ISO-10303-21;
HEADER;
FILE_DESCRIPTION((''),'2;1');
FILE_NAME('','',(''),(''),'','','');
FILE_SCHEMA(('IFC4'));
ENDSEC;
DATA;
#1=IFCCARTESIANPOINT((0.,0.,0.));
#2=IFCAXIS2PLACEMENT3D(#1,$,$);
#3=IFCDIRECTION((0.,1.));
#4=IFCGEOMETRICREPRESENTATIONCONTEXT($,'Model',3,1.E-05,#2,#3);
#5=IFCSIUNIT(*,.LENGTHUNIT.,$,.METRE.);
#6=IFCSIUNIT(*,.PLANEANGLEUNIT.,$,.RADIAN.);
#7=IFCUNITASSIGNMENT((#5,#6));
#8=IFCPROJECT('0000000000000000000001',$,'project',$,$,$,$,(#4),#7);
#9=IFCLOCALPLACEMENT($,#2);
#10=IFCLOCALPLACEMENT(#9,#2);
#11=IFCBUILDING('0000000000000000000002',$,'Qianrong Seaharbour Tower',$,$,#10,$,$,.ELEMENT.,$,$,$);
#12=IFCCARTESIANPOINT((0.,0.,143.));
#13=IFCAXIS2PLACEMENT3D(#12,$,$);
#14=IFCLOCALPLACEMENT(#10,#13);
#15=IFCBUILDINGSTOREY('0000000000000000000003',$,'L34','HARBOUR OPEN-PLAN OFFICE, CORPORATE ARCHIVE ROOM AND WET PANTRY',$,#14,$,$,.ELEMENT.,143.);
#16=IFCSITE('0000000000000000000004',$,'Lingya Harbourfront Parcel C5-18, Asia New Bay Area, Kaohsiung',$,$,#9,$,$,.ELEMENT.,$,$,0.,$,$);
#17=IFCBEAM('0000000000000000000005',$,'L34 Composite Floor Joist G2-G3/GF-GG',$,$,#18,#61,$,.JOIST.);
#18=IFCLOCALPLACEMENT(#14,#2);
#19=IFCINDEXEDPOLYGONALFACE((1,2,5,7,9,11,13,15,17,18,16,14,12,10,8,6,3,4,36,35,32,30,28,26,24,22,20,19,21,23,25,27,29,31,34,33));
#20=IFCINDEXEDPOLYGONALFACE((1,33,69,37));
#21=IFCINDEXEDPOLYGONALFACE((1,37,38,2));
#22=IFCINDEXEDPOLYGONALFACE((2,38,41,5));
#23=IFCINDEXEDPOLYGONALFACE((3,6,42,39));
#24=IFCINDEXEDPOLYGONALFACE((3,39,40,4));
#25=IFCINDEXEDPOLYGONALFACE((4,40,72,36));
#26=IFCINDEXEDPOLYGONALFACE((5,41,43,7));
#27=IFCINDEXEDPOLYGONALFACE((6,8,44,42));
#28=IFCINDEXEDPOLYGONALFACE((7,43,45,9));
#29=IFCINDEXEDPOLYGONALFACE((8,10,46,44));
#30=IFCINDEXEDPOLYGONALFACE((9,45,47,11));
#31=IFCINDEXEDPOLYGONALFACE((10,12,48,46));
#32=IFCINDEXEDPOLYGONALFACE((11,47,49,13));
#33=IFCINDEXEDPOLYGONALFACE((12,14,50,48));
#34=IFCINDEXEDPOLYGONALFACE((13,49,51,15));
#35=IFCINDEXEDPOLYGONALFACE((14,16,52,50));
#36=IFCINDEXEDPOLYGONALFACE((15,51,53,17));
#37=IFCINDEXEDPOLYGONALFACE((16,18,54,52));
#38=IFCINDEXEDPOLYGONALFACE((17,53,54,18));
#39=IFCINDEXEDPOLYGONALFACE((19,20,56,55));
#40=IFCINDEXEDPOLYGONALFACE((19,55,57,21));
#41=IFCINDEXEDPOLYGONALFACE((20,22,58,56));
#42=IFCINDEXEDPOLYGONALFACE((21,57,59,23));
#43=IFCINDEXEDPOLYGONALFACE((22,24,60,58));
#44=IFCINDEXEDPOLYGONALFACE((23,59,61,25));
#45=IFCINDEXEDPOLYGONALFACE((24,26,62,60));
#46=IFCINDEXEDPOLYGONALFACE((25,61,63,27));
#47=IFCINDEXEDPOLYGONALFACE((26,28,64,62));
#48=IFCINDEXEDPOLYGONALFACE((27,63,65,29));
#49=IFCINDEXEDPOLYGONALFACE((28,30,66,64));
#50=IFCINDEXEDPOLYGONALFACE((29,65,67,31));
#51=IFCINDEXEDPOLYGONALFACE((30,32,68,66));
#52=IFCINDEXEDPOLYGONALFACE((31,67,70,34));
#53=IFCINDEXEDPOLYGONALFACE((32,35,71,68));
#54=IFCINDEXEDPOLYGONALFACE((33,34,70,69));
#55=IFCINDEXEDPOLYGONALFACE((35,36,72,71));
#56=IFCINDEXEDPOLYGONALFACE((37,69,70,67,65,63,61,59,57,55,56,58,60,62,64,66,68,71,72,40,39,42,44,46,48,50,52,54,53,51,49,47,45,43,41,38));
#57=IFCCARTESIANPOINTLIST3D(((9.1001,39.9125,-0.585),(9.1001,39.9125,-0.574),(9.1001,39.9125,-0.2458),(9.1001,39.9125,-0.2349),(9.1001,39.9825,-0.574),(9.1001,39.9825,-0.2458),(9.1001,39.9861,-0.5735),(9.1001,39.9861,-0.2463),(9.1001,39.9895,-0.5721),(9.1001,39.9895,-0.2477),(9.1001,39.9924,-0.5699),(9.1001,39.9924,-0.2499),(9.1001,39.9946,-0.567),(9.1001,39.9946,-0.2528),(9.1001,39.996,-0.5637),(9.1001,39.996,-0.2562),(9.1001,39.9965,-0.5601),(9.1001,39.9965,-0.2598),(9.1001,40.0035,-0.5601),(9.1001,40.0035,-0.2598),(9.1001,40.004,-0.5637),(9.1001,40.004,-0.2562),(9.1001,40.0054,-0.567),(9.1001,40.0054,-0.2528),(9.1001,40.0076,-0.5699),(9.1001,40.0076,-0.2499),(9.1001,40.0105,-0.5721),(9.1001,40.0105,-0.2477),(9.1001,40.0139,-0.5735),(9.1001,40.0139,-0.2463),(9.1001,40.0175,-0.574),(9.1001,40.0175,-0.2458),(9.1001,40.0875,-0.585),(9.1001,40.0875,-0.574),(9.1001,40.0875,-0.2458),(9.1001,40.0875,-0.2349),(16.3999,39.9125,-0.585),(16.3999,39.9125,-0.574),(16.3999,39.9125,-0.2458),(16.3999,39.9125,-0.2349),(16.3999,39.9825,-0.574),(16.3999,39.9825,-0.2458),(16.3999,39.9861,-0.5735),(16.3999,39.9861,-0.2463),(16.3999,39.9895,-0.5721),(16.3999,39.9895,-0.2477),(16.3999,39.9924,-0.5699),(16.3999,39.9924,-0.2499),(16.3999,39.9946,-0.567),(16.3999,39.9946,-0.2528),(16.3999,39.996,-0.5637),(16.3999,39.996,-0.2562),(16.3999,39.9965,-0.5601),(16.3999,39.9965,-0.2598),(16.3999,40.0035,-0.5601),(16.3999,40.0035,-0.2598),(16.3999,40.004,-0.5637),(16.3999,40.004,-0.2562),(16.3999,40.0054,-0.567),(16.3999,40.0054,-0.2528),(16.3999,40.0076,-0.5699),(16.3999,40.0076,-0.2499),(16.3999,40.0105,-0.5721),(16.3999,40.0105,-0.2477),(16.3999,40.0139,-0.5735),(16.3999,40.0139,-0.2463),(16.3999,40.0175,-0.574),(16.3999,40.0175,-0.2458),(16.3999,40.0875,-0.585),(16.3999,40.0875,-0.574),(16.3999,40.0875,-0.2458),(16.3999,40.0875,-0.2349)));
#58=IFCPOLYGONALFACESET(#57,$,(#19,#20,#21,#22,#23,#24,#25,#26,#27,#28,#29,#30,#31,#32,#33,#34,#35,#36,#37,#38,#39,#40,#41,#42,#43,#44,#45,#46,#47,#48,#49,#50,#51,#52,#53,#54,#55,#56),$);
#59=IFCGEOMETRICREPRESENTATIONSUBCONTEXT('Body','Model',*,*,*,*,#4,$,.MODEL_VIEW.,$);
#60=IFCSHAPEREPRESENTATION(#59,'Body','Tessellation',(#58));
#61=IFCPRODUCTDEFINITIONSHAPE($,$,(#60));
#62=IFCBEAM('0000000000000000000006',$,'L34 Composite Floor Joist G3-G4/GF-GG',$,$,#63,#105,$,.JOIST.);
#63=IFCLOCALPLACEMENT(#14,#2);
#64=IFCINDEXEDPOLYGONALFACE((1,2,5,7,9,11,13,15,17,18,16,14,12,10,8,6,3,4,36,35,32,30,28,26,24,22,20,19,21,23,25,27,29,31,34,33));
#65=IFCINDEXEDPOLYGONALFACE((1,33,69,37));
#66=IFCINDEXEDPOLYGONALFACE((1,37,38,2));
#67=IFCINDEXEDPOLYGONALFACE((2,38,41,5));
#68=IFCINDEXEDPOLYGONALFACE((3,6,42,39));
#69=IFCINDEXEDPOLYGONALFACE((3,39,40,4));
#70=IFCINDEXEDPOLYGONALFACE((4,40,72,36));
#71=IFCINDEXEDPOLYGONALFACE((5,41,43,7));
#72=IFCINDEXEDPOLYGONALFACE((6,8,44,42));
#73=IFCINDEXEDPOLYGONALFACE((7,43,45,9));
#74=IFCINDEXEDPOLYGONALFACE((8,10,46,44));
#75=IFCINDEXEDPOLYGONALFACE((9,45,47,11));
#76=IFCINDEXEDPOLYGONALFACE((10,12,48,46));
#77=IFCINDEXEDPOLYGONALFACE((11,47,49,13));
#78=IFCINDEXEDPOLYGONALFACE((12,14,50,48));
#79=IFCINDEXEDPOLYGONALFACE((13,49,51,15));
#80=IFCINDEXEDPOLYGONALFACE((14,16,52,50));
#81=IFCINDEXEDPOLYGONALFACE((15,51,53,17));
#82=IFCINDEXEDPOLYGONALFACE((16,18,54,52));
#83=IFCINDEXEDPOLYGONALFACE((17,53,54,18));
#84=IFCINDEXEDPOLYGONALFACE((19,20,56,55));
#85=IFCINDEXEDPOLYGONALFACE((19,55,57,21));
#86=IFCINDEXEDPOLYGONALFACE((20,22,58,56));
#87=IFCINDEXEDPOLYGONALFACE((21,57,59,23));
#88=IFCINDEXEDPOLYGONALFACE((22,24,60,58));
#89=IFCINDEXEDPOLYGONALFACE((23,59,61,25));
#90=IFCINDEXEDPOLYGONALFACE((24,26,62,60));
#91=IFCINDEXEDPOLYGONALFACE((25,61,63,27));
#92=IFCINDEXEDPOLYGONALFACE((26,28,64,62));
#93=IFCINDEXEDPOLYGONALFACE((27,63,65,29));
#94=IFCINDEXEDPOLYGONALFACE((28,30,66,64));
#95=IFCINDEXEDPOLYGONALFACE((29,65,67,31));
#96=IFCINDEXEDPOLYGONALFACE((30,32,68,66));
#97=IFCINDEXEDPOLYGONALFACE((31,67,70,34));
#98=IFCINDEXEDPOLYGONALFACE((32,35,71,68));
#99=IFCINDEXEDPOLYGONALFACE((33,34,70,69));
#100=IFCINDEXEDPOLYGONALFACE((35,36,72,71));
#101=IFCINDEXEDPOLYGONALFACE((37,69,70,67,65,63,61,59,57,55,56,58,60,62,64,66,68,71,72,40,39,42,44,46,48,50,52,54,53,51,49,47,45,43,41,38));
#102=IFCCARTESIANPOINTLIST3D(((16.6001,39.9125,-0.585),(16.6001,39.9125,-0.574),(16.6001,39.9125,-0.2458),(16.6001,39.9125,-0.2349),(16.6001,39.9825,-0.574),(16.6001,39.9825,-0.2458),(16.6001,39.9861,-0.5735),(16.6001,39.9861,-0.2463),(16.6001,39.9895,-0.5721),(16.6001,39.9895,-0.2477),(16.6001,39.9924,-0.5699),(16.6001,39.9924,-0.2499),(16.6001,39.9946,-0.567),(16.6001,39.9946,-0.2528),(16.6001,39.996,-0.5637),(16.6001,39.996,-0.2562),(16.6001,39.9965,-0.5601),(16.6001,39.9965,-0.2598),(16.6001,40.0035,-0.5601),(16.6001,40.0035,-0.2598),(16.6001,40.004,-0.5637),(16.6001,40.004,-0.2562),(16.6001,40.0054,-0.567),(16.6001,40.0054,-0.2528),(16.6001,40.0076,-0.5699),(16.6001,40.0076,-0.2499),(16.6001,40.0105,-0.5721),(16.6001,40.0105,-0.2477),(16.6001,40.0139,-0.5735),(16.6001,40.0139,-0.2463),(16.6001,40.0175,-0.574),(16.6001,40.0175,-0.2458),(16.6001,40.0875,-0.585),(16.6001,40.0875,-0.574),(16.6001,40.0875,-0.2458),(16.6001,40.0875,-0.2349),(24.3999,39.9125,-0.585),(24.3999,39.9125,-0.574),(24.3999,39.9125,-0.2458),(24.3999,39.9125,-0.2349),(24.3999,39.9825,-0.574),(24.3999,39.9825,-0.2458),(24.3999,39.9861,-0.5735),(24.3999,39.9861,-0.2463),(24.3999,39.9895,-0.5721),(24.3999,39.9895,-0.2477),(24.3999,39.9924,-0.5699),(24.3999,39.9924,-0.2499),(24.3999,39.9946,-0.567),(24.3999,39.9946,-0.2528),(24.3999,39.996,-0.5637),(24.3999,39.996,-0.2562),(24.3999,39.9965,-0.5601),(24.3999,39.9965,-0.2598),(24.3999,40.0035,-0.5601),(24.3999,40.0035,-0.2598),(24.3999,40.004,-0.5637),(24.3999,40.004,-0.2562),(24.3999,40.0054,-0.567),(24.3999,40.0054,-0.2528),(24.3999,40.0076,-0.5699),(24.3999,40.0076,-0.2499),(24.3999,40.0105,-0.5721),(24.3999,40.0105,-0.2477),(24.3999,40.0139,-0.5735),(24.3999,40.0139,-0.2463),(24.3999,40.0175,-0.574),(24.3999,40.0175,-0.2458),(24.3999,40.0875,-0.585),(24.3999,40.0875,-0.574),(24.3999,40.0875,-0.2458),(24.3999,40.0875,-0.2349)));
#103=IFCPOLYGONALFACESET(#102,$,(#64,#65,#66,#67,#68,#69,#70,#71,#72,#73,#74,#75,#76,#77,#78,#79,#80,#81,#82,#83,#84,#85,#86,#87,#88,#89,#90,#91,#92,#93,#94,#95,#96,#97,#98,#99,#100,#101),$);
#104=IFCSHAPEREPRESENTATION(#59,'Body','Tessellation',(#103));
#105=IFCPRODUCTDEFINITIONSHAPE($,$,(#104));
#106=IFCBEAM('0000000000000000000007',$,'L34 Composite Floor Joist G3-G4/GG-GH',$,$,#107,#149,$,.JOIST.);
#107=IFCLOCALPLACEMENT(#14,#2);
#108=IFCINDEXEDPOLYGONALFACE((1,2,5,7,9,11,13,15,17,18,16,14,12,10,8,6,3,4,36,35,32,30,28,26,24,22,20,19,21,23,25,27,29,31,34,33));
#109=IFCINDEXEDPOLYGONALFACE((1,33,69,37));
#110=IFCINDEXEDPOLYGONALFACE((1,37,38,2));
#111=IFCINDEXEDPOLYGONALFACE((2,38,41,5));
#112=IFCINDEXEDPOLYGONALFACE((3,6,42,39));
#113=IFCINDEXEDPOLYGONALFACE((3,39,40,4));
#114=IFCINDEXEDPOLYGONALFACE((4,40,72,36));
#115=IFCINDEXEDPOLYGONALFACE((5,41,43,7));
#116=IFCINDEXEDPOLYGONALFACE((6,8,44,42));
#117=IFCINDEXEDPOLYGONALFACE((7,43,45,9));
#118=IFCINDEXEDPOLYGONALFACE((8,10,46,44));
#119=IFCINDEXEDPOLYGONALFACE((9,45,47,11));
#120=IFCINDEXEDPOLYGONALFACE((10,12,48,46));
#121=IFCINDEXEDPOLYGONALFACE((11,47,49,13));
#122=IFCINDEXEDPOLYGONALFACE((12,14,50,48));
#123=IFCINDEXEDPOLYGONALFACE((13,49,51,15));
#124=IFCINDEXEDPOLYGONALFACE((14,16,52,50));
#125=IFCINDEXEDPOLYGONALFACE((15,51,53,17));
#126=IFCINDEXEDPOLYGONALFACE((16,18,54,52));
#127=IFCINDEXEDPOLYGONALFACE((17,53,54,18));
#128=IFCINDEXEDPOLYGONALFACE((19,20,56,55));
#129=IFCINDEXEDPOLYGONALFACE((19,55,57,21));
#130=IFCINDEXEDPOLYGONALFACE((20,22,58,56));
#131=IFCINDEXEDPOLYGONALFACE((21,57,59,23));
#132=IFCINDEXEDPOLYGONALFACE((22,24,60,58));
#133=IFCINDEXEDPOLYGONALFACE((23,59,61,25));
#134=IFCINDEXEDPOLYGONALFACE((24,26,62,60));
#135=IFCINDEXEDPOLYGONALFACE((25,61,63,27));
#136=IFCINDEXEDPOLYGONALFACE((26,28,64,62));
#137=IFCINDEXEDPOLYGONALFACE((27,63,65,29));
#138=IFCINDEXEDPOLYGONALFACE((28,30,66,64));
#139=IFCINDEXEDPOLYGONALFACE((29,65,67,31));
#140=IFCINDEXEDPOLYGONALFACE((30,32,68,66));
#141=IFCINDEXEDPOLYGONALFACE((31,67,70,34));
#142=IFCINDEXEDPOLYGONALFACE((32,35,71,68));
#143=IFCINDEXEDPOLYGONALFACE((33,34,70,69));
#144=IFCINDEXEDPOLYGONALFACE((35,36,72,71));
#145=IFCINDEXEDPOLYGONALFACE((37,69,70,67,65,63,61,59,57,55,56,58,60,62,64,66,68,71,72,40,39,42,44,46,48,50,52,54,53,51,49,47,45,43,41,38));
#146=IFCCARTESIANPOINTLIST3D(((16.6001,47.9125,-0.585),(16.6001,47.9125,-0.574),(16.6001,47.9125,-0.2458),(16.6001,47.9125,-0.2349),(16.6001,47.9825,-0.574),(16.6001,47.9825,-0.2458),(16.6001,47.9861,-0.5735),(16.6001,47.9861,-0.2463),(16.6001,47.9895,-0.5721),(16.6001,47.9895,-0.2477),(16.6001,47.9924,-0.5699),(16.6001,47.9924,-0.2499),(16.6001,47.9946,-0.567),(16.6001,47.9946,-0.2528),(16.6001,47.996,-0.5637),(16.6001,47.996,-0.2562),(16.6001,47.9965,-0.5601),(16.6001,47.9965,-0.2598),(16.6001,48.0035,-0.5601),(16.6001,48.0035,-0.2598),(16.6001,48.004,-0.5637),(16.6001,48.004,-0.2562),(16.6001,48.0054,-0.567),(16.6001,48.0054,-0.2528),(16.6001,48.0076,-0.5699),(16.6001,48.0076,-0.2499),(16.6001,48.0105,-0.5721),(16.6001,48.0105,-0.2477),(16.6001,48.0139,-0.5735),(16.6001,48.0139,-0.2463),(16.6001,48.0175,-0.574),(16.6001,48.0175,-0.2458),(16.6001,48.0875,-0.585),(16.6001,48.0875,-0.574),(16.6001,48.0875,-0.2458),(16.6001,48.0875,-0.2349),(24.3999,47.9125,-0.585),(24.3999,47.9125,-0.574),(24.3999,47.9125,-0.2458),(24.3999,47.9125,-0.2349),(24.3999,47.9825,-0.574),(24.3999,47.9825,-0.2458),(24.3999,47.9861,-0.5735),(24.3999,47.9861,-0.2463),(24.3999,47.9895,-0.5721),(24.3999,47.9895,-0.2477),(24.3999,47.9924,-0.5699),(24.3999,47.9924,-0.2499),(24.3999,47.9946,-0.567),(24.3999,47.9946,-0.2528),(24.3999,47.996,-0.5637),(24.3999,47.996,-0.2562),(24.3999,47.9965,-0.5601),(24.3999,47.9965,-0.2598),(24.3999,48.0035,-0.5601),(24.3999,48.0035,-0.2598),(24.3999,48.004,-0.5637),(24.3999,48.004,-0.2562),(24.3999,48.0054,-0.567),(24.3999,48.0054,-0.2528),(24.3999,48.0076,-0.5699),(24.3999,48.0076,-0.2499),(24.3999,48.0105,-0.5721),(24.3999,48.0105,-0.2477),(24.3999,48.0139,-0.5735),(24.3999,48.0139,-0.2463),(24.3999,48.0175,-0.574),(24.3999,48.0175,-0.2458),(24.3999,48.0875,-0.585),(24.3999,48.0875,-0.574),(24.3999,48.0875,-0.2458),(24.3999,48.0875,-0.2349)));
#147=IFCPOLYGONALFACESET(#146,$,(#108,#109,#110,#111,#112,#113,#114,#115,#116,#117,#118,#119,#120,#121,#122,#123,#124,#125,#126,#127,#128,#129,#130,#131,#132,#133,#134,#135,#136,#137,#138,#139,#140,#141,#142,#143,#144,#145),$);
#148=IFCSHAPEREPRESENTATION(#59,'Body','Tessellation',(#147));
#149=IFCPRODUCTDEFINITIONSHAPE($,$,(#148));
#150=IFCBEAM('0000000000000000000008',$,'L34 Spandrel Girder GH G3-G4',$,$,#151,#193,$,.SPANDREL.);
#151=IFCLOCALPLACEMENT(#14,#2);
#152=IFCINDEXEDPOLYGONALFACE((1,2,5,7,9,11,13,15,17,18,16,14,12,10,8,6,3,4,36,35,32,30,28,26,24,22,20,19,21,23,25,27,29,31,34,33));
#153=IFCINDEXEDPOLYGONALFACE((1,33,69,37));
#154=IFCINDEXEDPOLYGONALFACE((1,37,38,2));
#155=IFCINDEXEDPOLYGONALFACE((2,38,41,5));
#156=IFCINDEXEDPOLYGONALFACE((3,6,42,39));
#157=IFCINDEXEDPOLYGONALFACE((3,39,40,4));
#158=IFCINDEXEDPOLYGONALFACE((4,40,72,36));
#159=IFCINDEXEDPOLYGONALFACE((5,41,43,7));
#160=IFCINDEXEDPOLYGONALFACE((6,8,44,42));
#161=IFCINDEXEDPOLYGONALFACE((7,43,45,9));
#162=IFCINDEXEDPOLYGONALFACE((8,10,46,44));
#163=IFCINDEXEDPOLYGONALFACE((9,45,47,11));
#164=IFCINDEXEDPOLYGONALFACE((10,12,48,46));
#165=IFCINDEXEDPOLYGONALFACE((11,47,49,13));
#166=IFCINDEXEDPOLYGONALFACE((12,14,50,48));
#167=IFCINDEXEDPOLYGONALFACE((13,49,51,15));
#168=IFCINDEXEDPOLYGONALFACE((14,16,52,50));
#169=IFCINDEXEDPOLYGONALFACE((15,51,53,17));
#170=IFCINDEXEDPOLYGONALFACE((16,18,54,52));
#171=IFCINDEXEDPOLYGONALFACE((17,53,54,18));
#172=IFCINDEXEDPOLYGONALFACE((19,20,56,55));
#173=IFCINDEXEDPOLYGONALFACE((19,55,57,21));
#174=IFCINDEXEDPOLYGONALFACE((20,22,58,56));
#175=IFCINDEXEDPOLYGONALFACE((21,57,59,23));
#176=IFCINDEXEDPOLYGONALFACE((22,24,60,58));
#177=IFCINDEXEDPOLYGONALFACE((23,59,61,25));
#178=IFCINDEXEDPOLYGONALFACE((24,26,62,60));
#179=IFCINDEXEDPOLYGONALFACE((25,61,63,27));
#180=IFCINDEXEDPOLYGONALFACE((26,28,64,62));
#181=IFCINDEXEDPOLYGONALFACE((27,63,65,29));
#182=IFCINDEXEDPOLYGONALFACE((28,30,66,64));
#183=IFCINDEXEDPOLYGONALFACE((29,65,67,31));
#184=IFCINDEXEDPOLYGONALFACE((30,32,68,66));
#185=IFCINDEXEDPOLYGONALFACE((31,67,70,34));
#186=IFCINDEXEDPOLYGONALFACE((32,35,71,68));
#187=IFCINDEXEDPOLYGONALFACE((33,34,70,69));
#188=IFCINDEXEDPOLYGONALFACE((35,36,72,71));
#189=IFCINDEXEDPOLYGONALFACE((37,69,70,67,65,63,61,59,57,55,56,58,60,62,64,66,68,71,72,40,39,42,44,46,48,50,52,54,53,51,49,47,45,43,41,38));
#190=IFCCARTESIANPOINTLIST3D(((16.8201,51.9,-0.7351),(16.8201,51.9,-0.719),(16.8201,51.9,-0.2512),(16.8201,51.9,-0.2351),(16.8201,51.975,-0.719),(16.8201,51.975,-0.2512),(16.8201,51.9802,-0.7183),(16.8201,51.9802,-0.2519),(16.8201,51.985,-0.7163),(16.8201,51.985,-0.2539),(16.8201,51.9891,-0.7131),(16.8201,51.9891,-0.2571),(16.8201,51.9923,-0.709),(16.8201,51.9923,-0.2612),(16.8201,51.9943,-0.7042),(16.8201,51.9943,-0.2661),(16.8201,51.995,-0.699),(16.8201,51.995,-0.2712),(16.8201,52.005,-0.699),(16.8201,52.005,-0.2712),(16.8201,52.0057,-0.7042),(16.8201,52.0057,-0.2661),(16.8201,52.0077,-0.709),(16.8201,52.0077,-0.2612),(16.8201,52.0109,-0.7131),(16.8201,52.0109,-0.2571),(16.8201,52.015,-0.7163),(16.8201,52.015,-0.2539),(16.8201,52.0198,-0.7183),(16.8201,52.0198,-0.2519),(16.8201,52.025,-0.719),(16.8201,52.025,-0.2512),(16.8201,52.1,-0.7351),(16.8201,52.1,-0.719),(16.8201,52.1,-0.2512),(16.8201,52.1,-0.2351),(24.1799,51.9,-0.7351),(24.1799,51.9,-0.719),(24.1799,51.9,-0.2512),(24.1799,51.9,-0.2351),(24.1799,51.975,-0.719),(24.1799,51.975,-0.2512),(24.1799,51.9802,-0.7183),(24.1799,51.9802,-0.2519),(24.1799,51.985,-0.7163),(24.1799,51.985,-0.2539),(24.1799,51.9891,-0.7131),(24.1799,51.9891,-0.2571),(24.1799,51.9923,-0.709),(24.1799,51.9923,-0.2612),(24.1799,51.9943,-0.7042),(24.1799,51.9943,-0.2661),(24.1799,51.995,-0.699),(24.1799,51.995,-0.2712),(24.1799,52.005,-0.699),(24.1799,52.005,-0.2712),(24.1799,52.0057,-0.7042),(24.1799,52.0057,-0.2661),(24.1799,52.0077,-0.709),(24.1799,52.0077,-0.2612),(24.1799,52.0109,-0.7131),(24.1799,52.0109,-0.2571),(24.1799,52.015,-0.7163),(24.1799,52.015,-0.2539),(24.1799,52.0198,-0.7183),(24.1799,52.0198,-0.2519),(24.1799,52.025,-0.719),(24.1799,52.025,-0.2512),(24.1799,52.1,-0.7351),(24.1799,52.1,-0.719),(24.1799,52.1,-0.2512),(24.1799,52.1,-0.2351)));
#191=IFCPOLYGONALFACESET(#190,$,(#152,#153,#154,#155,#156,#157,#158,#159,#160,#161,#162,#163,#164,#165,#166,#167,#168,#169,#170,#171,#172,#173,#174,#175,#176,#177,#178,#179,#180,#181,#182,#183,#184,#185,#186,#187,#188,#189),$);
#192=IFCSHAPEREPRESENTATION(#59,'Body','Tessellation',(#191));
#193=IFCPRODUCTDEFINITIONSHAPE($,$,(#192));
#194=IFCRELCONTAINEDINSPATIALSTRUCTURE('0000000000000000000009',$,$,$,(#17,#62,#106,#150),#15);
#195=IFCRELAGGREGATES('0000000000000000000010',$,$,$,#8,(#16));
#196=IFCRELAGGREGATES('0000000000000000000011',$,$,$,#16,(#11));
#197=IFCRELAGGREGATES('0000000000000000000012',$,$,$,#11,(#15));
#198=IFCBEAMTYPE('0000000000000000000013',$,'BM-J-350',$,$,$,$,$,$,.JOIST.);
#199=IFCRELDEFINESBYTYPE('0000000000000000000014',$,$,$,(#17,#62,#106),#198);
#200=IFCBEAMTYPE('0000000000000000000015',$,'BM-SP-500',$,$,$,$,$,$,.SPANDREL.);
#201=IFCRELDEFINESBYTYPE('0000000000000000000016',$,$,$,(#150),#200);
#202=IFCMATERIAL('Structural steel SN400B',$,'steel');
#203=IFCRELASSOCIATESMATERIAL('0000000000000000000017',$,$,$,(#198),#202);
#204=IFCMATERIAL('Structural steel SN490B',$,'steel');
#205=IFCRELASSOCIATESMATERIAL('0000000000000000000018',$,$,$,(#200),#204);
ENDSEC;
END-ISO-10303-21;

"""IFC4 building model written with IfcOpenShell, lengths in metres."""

from ifc_helpers import new_model, si_unit, direction, frame, origin, origin_2d, place, context, subcontext, project, spatial, i_section, extrude, material, material_profile, profile_set, type_object, element, save


model = new_model("IFC4")

# Units and contexts
model_context = context("Model", 3, precision=1e-05, world=origin(), true_north=direction((0.0, 1.0)))
body_context = subcontext(model_context, "Body", "Model", "MODEL_VIEW")
ifc_project = project(units=[si_unit("LENGTHUNIT", "METRE"), si_unit("PLANEANGLEUNIT", "RADIAN")], contexts=[model_context])

# Site, building, storey
site_placement = place(None, origin())
site = spatial("IfcSite", under=ifc_project, at=site_placement, Name="Lingya Harbourfront Parcel C5-18, Asia New Bay Area, Kaohsiung", CompositionType="ELEMENT", RefElevation=0.0)
building_placement = place(site_placement, origin())
building = spatial("IfcBuilding", under=site, at=building_placement, Name="Qianrong Seaharbour Tower", CompositionType="ELEMENT")
storey_placement = place(building_placement, frame((0.0, 0.0, 143.0)))
storey = spatial("IfcBuildingStorey", under=building, at=storey_placement, Name="L34", Description="HARBOUR OPEN-PLAN OFFICE, CORPORATE ARCHIVE ROOM AND WET PANTRY", CompositionType="ELEMENT", Elevation=143.0)

# Shared definitions
ifc_material_1 = material(Name="Structural steel SN490B", Category="steel")

# Beams
ifc_material_2 = material(Name="Structural steel SN400B", Category="steel")
ifc_material_profile_1 = material_profile(ifc_material_2, i_section(OverallWidth=0.175, OverallDepth=0.3501, WebThickness=0.0071, FlangeThickness=0.011, FilletRadius=0.0139, at=origin_2d()), Name="H350x175x7x11")
ifc_profile_set_1 = profile_set([ifc_material_profile_1], Name="Structural steel SN400B")
beam_type_1 = type_object("IfcBeamType", Name="BM-J-350", PredefinedType="JOIST", material=ifc_profile_set_1)
beam_1_placement = place(storey_placement, frame((9.1001, 40.0, -0.4099), z_axis=(1.0, 0.0, 0.0), x_axis=(0.0, 1.0, 0.0)))
element("IfcBeam", 1, at=beam_1_placement, inside=storey, type_object=beam_type_1, Name="L34 Composite Floor Joist G2-G3/GF-GG", PredefinedType="JOIST", context=body_context, shape_type="SweptSolid", body=[
    extrude(i_section(OverallWidth=0.175, OverallDepth=0.3501, WebThickness=0.0071, FlangeThickness=0.011, FilletRadius=0.0139, at=origin_2d()), origin(), (0.0, 0.0, 1.0), 7.2998),
])
for number, where, z_axis, x_axis, name in (
    (2, (16.6001, 40.0, -0.4099), (1.0, 0.0, 0.0), (0.0, 1.0, 0.0), "L34 Composite Floor Joist G3-G4/GF-GG"),
    (3, (16.6001, 48.0, -0.4099), (1.0, 0.0, 0.0), (0.0, 1.0, 0.0), "L34 Composite Floor Joist G3-G4/GG-GH"),
):
    element("IfcBeam", number, at=place(storey_placement, frame(where, z_axis=z_axis, x_axis=x_axis)), inside=storey, type_object=beam_type_1, Name=name, PredefinedType="JOIST", context=body_context, shape_type="SweptSolid", body=[
        extrude(i_section(OverallWidth=0.175, OverallDepth=0.3501, WebThickness=0.0071, FlangeThickness=0.011, FilletRadius=0.0139, at=origin_2d()), origin(), (0.0, 0.0, 1.0), 7.7998),
    ])
ifc_material_profile_2 = material_profile(ifc_material_1, i_section(OverallWidth=0.2, OverallDepth=0.5, WebThickness=0.01, FlangeThickness=0.0161, FilletRadius=0.02, at=origin_2d()), Name="H500x200x10x16")
ifc_profile_set_2 = profile_set([ifc_material_profile_2], Name="Structural steel SN490B")
beam_type_2 = type_object("IfcBeamType", Name="BM-SP-500", PredefinedType="SPANDREL", material=ifc_profile_set_2)
for number, where, z_axis, x_axis, name in (
    (4, (16.8201, 52.0, -0.4851), (1.0, 0.0, 0.0), (0.0, 1.0, 0.0), "L34 Spandrel Girder GH G3-G4"),
):
    element("IfcBeam", number, at=place(storey_placement, frame(where, z_axis=z_axis, x_axis=x_axis)), inside=storey, type_object=beam_type_2, Name=name, PredefinedType="SPANDREL", context=body_context, shape_type="SweptSolid", body=[
        extrude(i_section(OverallWidth=0.2, OverallDepth=0.5, WebThickness=0.01, FlangeThickness=0.0161, FilletRadius=0.02, at=origin_2d()), origin(), (0.0, 0.0, 1.0), 7.3599),
    ])

save(model, "model.ifc")
